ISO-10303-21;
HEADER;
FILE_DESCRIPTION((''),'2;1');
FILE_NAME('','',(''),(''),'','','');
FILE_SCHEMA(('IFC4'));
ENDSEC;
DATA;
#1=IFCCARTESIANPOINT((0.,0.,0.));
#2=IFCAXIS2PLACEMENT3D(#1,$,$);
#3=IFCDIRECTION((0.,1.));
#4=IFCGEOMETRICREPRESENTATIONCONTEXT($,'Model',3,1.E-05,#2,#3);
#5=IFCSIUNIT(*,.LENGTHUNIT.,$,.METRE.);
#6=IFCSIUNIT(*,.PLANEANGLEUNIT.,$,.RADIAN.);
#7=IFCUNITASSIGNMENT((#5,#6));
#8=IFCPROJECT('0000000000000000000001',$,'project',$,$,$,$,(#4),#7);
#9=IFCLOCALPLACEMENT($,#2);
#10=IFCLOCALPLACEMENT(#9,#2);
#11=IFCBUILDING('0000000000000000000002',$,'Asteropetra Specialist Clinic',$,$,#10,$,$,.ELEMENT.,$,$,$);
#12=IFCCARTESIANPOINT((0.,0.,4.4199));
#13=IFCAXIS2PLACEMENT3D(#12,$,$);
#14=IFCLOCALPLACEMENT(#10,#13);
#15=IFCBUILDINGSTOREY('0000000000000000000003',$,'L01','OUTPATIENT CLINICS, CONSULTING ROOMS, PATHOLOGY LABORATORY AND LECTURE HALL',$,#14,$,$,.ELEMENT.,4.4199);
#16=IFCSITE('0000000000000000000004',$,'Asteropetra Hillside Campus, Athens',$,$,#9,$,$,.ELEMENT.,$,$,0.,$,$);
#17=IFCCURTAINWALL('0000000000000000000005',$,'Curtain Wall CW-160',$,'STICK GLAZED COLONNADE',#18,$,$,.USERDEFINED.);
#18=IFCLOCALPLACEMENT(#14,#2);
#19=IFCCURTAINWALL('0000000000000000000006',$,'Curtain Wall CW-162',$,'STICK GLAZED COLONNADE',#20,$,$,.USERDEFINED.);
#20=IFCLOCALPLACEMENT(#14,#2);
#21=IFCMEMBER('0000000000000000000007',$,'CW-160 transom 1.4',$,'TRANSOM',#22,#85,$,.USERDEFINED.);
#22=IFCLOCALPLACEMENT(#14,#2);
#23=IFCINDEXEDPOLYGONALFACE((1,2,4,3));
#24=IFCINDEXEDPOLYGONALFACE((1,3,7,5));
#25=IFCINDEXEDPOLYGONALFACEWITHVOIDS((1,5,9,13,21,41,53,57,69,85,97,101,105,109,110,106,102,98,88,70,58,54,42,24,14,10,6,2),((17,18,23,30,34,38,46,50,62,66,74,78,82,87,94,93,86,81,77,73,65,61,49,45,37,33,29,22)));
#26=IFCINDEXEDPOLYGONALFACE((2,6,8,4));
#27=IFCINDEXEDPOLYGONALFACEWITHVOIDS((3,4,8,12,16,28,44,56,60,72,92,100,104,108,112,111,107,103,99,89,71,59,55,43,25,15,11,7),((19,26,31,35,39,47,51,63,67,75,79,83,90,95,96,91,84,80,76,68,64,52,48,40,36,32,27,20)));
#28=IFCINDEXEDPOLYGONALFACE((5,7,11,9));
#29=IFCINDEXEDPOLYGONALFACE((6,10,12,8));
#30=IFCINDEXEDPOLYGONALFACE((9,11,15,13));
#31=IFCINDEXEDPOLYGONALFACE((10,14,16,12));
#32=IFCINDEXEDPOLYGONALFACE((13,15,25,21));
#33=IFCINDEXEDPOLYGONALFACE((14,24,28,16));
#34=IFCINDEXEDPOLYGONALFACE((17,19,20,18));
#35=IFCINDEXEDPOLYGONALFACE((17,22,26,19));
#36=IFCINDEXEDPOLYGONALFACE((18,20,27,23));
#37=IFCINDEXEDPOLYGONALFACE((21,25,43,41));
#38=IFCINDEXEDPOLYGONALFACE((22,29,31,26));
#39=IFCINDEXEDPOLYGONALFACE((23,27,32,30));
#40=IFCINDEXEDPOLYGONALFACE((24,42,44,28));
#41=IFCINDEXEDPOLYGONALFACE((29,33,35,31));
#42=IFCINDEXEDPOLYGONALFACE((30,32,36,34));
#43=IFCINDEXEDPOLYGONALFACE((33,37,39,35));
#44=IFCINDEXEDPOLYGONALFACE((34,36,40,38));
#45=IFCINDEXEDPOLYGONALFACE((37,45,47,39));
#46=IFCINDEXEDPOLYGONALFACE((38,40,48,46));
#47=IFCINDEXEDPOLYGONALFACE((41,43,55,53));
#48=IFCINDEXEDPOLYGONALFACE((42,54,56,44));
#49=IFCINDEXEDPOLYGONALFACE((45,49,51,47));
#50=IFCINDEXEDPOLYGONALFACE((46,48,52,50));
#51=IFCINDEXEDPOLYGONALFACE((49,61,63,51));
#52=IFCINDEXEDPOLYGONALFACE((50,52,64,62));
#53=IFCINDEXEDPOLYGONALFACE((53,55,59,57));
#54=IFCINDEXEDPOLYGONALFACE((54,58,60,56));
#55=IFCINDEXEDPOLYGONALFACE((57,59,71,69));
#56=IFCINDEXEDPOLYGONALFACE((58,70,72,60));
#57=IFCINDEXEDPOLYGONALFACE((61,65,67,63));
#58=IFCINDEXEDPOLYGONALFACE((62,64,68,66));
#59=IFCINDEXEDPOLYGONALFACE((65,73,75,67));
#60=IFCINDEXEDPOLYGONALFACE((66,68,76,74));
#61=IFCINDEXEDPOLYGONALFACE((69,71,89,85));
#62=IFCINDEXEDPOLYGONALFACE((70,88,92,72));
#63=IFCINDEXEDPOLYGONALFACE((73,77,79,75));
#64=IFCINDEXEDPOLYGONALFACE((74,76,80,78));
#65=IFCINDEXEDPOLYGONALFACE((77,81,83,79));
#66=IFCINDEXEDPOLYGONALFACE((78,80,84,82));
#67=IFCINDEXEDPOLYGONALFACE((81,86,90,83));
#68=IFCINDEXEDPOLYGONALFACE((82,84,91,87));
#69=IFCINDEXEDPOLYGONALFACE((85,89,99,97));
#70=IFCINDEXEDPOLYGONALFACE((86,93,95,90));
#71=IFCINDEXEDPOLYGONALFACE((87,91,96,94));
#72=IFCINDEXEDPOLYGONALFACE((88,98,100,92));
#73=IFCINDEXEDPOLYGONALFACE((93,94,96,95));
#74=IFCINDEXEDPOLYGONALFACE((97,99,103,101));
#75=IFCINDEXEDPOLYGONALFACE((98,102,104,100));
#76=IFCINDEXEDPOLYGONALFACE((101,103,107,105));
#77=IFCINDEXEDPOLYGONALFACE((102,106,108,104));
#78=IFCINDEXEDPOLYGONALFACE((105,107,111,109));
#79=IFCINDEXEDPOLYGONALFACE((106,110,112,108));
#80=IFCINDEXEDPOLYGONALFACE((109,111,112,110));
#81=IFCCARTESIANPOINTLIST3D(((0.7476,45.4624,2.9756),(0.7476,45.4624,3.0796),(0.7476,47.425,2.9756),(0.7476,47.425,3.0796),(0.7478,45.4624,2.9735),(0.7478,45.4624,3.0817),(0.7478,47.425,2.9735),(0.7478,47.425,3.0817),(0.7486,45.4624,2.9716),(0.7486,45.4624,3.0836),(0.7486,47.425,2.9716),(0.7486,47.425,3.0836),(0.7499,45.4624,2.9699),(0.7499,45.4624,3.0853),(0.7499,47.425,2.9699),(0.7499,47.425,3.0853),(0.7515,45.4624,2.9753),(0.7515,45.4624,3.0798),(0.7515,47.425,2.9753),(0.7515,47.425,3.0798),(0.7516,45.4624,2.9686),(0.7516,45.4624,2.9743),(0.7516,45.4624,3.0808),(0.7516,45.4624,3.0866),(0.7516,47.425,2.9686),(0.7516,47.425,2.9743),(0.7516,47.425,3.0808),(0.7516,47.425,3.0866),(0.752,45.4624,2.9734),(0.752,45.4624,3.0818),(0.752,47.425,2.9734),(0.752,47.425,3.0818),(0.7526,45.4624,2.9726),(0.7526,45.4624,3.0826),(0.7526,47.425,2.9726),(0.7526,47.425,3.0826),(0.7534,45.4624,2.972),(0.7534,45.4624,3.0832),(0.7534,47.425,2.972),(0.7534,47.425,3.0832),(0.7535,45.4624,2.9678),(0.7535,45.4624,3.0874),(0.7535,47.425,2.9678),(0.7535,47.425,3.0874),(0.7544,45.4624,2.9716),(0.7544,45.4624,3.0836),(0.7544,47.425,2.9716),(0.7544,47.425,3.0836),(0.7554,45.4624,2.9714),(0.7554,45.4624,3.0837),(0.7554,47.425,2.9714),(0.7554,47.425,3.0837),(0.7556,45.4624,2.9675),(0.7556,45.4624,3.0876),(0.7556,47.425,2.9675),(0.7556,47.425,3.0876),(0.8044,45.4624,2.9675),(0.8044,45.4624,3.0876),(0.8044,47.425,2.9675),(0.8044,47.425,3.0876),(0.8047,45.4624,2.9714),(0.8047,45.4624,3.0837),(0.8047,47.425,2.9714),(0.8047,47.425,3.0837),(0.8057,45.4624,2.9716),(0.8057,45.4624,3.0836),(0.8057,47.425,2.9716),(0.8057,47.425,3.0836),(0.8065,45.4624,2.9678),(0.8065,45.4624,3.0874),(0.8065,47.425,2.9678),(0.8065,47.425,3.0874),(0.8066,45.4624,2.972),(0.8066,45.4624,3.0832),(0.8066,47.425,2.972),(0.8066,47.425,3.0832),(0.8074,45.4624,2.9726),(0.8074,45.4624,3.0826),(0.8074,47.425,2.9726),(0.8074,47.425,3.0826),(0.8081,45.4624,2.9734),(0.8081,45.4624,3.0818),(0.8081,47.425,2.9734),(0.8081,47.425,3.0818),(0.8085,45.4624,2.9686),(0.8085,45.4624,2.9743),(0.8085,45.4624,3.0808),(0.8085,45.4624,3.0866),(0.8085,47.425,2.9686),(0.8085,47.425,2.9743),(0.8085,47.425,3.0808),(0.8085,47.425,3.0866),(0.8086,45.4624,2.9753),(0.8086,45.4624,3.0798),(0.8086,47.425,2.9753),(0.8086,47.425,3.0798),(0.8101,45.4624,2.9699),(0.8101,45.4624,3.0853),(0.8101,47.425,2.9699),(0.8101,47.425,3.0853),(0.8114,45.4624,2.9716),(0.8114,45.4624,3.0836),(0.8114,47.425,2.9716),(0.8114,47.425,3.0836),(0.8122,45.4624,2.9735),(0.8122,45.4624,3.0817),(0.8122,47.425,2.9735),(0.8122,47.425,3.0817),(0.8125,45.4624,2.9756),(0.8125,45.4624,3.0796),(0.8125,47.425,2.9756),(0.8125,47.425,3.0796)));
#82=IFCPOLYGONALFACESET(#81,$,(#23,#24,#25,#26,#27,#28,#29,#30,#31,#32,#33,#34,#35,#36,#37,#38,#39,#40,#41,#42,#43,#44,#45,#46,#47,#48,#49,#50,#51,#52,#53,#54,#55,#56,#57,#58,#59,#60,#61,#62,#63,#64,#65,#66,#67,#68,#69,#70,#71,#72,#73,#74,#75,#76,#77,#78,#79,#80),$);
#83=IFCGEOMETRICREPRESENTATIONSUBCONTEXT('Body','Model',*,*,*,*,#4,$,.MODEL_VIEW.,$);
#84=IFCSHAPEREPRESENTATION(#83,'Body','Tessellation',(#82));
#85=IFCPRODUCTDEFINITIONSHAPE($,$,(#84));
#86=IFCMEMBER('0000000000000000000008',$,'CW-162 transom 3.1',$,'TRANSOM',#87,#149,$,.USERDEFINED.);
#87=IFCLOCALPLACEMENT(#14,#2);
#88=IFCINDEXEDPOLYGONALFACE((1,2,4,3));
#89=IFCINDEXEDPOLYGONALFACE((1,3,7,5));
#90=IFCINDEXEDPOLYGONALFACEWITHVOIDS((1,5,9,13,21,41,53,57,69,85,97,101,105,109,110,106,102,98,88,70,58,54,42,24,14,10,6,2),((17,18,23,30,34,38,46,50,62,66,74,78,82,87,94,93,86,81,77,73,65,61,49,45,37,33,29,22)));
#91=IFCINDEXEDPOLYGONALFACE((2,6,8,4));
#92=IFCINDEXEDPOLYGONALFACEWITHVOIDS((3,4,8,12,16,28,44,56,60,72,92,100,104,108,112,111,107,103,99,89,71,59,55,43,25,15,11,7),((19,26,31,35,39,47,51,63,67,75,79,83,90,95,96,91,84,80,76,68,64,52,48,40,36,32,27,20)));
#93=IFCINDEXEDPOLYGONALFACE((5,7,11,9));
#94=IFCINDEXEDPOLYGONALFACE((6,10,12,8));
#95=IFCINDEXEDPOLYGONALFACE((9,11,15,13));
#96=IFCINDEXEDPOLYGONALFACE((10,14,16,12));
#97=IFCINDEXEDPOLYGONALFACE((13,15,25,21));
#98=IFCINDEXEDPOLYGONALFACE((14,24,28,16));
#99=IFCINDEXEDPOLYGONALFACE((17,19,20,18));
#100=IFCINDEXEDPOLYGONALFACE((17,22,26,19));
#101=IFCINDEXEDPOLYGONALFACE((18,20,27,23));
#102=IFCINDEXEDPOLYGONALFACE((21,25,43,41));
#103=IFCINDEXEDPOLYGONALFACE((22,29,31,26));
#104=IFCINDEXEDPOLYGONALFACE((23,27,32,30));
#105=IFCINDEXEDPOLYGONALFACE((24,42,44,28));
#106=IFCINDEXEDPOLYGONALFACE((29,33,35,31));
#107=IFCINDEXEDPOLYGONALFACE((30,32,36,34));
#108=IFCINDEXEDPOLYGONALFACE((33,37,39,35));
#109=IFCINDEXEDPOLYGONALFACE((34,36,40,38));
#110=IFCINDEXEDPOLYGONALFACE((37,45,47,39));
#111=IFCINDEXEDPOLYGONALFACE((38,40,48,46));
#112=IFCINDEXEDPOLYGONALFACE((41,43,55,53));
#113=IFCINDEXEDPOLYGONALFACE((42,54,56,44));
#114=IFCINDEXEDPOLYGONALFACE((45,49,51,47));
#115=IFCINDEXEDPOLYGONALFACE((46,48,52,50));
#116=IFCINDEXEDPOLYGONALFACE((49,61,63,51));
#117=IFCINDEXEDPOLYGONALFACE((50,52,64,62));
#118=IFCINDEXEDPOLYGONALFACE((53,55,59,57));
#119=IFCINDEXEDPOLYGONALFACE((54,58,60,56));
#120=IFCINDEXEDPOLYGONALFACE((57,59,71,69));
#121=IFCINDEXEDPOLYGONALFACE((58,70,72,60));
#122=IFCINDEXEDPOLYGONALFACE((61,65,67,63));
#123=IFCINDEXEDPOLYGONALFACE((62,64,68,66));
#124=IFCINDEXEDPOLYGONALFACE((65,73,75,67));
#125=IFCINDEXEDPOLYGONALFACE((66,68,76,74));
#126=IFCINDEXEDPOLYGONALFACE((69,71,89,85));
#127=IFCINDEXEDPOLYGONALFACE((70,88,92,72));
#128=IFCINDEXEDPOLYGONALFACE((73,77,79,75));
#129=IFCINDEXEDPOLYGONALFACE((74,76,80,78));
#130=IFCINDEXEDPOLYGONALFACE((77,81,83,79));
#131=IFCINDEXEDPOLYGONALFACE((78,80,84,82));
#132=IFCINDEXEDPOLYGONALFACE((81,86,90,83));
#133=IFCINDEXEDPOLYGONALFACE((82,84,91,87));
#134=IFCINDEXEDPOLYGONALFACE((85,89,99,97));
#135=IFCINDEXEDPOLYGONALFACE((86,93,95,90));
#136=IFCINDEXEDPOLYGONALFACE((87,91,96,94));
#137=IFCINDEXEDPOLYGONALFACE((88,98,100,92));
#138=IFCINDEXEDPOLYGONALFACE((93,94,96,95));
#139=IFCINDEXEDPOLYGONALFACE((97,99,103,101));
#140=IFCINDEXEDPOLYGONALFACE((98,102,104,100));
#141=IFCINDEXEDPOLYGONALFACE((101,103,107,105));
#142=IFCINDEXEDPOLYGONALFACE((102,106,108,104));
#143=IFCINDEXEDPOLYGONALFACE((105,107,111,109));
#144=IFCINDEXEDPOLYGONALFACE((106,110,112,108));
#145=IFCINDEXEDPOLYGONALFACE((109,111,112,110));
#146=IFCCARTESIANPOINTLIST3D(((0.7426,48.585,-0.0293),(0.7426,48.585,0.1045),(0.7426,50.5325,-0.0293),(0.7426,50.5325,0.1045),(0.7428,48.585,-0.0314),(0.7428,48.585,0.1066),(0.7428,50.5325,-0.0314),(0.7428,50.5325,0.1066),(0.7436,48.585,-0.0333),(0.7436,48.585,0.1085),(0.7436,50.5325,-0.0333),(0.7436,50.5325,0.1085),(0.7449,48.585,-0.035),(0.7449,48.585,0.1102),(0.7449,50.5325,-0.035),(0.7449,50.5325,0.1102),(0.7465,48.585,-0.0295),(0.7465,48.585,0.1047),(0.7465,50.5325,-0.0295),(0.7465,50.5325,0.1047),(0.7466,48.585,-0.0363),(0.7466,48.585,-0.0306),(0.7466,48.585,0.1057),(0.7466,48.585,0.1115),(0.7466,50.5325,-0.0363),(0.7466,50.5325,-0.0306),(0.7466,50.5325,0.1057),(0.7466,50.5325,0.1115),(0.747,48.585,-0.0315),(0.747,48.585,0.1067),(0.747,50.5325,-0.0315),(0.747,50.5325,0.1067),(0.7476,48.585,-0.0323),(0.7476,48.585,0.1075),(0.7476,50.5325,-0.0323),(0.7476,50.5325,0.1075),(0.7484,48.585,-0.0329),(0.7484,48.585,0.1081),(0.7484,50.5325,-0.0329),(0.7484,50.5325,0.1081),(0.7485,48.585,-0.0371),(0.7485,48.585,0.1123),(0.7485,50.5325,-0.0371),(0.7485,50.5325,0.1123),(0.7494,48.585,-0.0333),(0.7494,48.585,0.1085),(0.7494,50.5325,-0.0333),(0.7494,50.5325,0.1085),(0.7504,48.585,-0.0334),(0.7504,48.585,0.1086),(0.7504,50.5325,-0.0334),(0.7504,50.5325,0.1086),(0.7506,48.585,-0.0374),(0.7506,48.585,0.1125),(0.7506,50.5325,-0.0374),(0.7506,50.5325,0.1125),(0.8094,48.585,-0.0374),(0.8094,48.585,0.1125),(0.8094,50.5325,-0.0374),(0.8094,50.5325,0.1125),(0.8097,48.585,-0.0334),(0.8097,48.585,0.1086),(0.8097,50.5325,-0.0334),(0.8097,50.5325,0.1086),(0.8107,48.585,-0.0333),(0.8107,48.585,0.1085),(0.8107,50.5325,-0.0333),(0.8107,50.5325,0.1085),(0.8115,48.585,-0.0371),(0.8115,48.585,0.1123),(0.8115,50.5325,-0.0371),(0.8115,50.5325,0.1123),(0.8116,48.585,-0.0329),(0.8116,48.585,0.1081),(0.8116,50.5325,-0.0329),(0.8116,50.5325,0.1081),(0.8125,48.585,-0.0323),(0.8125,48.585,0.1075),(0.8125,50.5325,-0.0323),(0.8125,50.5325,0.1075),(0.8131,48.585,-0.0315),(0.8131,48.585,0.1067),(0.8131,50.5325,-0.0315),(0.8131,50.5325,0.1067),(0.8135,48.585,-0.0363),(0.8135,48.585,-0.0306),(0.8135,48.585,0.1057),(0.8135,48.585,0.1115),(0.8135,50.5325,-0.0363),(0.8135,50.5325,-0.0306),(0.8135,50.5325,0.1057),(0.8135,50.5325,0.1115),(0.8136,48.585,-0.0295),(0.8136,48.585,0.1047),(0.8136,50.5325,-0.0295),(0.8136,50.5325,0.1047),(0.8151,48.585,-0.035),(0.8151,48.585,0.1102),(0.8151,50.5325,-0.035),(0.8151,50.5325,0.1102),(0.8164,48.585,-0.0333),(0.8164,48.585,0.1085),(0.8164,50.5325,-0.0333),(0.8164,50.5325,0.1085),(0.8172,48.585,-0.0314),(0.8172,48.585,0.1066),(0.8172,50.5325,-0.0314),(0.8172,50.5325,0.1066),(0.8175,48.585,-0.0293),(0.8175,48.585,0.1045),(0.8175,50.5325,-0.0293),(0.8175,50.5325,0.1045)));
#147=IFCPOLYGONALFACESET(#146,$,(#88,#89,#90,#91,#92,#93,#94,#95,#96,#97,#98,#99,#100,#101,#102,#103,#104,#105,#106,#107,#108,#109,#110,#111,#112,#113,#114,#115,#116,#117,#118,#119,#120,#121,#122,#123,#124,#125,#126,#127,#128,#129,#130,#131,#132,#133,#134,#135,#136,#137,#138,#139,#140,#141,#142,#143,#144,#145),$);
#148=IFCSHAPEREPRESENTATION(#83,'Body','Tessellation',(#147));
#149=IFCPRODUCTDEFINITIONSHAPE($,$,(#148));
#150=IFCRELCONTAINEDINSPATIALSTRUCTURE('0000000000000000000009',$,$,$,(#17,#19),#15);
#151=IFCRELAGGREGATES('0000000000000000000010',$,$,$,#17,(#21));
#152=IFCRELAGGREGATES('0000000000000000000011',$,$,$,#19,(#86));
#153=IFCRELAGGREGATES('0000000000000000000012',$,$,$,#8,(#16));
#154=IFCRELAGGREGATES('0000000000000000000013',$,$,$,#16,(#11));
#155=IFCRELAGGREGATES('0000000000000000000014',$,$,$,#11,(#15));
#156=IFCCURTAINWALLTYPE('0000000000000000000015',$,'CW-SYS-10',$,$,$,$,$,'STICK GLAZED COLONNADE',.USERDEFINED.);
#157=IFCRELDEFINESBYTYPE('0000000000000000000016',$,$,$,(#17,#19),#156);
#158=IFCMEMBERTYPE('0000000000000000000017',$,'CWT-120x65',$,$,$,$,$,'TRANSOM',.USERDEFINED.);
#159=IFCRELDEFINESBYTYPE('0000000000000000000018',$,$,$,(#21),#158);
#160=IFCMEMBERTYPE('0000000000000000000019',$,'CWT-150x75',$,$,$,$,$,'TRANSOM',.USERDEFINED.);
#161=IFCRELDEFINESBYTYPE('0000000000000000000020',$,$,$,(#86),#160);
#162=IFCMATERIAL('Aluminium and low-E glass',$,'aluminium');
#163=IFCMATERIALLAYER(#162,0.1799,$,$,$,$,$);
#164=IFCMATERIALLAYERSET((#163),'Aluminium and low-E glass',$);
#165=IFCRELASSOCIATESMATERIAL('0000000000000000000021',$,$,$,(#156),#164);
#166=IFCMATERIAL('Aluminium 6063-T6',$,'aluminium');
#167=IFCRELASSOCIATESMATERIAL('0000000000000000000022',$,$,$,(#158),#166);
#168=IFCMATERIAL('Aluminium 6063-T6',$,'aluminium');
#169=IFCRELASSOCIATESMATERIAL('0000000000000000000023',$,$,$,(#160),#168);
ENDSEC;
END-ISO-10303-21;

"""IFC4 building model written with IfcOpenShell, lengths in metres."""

from ifc_helpers import new_model, si_unit, direction, frame, origin, origin_2d, place, context, subcontext, project, spatial, hollow_rectangle, extrude, material, layer, layer_set, material_profile, profile_set, type_object, element, aggregate, save


model = new_model("IFC4")

# Units and contexts
model_context = context("Model", 3, precision=1e-05, world=origin(), true_north=direction((0.0, 1.0)))
body_context = subcontext(model_context, "Body", "Model", "MODEL_VIEW")
ifc_project = project(units=[si_unit("LENGTHUNIT", "METRE"), si_unit("PLANEANGLEUNIT", "RADIAN")], contexts=[model_context])

# Site, building, storey
site_placement = place(None, origin())
site = spatial("IfcSite", under=ifc_project, at=site_placement, Name="Asteropetra Hillside Campus, Athens", CompositionType="ELEMENT", RefElevation=0.0)
building_placement = place(site_placement, origin())
building = spatial("IfcBuilding", under=site, at=building_placement, Name="Asteropetra Specialist Clinic", CompositionType="ELEMENT")
storey_placement = place(building_placement, frame((0.0, 0.0, 4.4199)))
storey = spatial("IfcBuildingStorey", under=building, at=storey_placement, Name="L01", Description="OUTPATIENT CLINICS, CONSULTING ROOMS, PATHOLOGY LABORATORY AND LECTURE HALL", CompositionType="ELEMENT", Elevation=4.4199)

# Curtain wall
ifc_material_1 = material(Name="Aluminium and low-E glass", Category="aluminium")
ifc_layer_1 = layer(ifc_material_1, 0.1799)
ifc_layer_set_1 = layer_set([ifc_layer_1], Name="Aluminium and low-E glass")
curtain_wall_type = type_object("IfcCurtainWallType", Name="CW-SYS-10", ElementType="STICK GLAZED COLONNADE", PredefinedType="USERDEFINED", material=ifc_layer_set_1)
curtain_wall_1_placement = place(storey_placement, origin())
curtain_wall_1 = element("IfcCurtainWall", 1, at=curtain_wall_1_placement, inside=storey, type_object=curtain_wall_type, Name="Curtain Wall CW-160", ObjectType="STICK GLAZED COLONNADE", PredefinedType="USERDEFINED")

# Curtain wall
curtain_wall_2_placement = place(storey_placement, origin())
curtain_wall_2 = element("IfcCurtainWall", 2, at=curtain_wall_2_placement, inside=storey, type_object=curtain_wall_type, Name="Curtain Wall CW-162", ObjectType="STICK GLAZED COLONNADE", PredefinedType="USERDEFINED")

# Members
ifc_material_2 = material(Name="Aluminium 6063-T6", Category="aluminium")
ifc_material_profile_1 = material_profile(ifc_material_2, hollow_rectangle(XDim=0.0649, YDim=0.1201, WallThickness=0.0039, InnerFilletRadius=0.0039, OuterFilletRadius=0.0081, at=origin_2d()), Name="TRN 120x65x4.0")
ifc_profile_set_1 = profile_set([ifc_material_profile_1], Name="Aluminium 6063-T6")
member_type_1 = type_object("IfcMemberType", Name="CWT-120x65", ElementType="TRANSOM", PredefinedType="USERDEFINED", material=ifc_profile_set_1)
member_1_placement = place(storey_placement, frame((0.78, 47.425, 3.0276), z_axis=(0.0, -1.0, 0.0), x_axis=(1.0, 0.0, 0.0)))
member_1 = element("IfcMember", 3, at=member_1_placement, type_object=member_type_1, Name="CW-160 transom 1.4", ObjectType="TRANSOM", PredefinedType="USERDEFINED", context=body_context, shape_type="SweptSolid", body=[
    extrude(hollow_rectangle(XDim=0.0649, YDim=0.1201, WallThickness=0.0039, InnerFilletRadius=0.0039, OuterFilletRadius=0.0081, at=origin_2d()), origin(), (0.0, 0.0, 1.0), 1.9626),
])
aggregate(curtain_wall_1, [member_1])
ifc_material_3 = material(Name="Aluminium 6063-T6", Category="aluminium")
ifc_material_profile_2 = material_profile(ifc_material_3, hollow_rectangle(XDim=0.075, YDim=0.1499, WallThickness=0.0039, InnerFilletRadius=0.0039, OuterFilletRadius=0.0081, at=origin_2d()), Name="TRN 150x75x4.0")
ifc_profile_set_2 = profile_set([ifc_material_profile_2], Name="Aluminium 6063-T6")
member_type_2 = type_object("IfcMemberType", Name="CWT-150x75", ElementType="TRANSOM", PredefinedType="USERDEFINED", material=ifc_profile_set_2)
member_2_placement = place(storey_placement, frame((0.78, 50.5325, 0.0376), z_axis=(0.0, -1.0, 0.0), x_axis=(1.0, 0.0, 0.0)))
member_2 = element("IfcMember", 4, at=member_2_placement, type_object=member_type_2, Name="CW-162 transom 3.1", ObjectType="TRANSOM", PredefinedType="USERDEFINED", context=body_context, shape_type="SweptSolid", body=[
    extrude(hollow_rectangle(XDim=0.075, YDim=0.1499, WallThickness=0.0039, InnerFilletRadius=0.0039, OuterFilletRadius=0.0081, at=origin_2d()), origin(), (0.0, 0.0, 1.0), 1.9475),
])

aggregate(curtain_wall_2, [member_2])

save(model, "model.ifc")
